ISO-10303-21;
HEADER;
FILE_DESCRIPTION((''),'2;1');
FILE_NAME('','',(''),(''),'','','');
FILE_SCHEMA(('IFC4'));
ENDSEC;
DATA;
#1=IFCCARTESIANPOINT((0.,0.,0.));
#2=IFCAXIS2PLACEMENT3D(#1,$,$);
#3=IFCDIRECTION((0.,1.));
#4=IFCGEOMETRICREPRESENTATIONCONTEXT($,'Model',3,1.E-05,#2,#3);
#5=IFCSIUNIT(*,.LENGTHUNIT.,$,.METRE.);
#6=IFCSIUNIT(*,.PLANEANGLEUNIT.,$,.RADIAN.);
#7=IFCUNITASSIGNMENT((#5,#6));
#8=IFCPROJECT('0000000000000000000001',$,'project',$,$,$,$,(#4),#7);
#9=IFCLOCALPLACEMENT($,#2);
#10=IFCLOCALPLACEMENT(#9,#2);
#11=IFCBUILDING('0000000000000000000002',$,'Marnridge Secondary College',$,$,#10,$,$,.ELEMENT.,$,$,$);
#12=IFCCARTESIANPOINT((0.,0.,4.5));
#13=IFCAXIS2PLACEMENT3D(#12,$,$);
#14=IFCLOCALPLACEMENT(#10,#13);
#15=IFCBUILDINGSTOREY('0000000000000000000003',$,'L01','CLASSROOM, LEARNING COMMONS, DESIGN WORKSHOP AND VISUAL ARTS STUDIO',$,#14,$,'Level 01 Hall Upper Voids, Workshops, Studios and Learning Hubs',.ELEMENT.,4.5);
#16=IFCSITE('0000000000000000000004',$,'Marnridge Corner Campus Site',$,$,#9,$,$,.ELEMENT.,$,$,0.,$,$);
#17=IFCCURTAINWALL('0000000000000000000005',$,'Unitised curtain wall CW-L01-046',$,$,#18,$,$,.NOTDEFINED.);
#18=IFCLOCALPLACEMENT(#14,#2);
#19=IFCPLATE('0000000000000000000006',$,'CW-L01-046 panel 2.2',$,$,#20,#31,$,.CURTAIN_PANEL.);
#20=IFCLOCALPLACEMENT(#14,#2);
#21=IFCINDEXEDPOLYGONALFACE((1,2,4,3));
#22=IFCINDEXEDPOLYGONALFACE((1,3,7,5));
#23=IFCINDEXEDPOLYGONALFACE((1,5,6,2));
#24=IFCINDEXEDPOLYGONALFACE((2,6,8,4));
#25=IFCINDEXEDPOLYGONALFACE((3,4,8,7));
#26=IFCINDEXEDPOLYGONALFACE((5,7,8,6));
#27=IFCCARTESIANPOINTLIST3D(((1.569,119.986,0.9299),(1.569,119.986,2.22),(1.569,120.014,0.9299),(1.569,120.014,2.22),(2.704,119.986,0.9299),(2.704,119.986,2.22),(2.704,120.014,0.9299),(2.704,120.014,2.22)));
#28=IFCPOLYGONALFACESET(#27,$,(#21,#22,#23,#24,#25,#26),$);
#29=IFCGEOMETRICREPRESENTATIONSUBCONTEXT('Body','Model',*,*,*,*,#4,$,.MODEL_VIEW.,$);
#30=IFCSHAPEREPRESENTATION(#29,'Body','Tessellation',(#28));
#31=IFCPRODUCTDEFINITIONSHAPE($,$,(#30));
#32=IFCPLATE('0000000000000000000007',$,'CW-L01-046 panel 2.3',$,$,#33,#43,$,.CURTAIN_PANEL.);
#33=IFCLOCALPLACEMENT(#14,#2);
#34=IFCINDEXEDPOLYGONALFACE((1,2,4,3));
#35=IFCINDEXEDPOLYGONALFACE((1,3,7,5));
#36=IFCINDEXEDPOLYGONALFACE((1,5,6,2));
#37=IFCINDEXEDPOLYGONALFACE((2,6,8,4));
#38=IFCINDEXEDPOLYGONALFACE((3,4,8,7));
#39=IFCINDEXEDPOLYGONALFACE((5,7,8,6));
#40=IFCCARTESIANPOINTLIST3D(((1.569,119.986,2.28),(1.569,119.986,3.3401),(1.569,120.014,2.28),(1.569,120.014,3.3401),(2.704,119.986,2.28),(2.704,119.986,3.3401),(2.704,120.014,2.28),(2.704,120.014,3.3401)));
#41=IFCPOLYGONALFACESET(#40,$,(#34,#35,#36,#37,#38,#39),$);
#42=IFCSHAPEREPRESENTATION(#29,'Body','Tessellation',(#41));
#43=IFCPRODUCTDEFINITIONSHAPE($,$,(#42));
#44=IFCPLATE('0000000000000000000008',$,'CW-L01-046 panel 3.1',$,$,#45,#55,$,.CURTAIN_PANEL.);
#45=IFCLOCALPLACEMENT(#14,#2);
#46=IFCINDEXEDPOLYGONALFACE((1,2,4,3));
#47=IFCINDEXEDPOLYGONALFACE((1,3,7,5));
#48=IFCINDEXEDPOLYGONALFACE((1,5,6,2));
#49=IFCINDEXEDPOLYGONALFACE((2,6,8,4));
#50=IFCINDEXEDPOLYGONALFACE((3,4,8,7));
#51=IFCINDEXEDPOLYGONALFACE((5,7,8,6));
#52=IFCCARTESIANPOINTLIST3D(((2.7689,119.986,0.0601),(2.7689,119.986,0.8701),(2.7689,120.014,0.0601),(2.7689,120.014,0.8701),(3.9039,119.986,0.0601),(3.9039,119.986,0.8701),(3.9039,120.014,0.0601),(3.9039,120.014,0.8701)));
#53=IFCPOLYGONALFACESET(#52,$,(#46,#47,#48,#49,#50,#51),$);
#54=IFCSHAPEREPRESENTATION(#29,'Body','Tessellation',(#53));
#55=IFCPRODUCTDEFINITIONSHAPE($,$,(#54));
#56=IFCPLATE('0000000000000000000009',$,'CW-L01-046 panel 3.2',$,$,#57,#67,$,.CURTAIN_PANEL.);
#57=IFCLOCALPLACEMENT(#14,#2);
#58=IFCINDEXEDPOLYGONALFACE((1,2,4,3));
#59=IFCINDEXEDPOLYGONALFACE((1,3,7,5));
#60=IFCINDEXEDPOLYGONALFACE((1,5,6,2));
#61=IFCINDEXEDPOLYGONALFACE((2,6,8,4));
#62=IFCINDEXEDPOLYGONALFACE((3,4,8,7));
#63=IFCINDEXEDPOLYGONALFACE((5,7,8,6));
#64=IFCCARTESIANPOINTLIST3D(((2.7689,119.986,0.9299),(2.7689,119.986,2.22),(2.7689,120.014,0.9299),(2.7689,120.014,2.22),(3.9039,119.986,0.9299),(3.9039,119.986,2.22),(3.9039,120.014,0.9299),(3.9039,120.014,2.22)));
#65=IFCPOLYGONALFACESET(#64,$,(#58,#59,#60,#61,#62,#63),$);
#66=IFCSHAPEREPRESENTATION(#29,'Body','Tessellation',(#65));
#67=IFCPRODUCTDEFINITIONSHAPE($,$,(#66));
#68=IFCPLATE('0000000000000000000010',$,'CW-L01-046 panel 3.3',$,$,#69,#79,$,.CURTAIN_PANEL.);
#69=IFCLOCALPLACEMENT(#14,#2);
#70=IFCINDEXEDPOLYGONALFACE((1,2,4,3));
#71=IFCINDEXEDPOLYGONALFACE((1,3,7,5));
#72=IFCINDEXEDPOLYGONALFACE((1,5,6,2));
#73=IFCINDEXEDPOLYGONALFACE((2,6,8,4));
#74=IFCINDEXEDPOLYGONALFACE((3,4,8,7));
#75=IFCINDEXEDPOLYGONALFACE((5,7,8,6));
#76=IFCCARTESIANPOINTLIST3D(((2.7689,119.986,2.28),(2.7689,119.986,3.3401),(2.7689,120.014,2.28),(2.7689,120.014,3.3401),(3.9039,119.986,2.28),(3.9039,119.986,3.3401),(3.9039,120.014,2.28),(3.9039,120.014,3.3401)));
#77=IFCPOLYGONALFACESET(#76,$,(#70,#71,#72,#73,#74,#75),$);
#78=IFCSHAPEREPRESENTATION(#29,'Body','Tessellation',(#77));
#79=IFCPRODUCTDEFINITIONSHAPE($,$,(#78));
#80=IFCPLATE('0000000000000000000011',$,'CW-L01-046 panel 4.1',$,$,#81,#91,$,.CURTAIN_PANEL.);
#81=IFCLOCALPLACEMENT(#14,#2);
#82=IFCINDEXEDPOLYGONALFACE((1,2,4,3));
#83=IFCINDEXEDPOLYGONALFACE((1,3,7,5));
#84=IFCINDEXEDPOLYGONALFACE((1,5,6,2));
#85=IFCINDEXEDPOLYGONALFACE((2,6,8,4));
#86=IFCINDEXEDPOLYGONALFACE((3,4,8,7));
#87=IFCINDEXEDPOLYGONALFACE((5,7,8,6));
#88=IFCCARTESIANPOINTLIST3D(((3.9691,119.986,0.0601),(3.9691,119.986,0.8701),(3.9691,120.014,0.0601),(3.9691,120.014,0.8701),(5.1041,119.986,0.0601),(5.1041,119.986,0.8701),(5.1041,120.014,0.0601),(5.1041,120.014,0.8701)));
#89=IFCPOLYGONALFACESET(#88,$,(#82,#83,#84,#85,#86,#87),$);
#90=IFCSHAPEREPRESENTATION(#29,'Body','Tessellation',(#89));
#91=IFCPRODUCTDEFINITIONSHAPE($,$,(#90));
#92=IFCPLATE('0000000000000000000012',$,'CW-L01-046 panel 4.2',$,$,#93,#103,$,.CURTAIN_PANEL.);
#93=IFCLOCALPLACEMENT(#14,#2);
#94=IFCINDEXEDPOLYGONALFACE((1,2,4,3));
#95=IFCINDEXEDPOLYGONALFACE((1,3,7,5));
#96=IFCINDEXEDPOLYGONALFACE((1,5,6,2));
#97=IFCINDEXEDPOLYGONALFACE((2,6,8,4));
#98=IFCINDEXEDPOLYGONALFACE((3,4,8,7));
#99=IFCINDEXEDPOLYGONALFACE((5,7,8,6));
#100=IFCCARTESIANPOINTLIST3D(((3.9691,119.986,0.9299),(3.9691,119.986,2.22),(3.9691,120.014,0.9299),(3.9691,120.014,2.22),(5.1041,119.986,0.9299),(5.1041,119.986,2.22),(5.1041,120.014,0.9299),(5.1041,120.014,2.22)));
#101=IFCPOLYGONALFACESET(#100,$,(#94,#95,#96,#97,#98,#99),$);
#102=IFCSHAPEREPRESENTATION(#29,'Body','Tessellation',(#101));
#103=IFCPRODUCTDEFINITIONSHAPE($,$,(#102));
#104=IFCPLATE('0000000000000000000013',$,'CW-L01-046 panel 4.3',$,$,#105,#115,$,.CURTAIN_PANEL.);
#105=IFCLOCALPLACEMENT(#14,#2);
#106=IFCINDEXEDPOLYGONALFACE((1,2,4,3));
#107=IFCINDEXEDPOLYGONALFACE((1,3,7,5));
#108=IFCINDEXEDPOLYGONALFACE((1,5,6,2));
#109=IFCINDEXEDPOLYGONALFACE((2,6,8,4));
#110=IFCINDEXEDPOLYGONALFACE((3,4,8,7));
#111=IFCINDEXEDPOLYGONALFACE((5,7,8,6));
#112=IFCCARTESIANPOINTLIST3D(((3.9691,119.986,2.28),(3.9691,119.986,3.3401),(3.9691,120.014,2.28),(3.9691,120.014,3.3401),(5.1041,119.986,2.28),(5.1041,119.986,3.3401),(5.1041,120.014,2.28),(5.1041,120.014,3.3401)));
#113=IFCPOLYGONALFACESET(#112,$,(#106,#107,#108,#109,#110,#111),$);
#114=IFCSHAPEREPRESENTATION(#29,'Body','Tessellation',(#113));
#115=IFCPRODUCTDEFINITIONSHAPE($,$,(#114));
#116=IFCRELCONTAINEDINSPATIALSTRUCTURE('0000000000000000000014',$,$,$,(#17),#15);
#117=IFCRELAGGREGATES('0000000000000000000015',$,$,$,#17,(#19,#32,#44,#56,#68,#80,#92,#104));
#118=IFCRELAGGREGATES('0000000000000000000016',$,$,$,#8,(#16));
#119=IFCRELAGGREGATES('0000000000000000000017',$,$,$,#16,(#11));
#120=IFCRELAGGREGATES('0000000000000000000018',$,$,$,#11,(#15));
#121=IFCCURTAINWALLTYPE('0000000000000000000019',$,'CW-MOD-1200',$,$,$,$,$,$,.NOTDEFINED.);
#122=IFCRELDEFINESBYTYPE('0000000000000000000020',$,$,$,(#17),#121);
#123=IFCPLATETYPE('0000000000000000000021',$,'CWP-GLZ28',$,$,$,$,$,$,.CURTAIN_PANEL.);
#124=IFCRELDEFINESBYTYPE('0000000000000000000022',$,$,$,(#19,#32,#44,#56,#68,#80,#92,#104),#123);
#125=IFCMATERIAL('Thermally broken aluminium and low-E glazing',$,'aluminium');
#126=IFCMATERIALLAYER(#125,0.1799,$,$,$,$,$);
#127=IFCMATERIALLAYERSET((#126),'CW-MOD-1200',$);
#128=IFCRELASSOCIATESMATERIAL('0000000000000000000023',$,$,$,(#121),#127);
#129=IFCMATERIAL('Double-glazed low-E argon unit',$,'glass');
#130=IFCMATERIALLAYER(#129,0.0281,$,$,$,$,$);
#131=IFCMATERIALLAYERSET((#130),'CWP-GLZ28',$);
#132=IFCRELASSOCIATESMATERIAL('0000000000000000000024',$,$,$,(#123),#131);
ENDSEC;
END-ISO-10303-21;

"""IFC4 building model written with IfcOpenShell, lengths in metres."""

from ifc_helpers import new_model, si_unit, direction, frame, origin, origin_2d, place, context, subcontext, project, spatial, rectangle, extrude, material, layer, layer_set, type_object, element, aggregate, save


model = new_model("IFC4")

# Units and contexts
model_context = context("Model", 3, precision=1e-05, world=origin(), true_north=direction((0.0, 1.0)))
body_context = subcontext(model_context, "Body", "Model", "MODEL_VIEW")
ifc_project = project(units=[si_unit("LENGTHUNIT", "METRE"), si_unit("PLANEANGLEUNIT", "RADIAN")], contexts=[model_context])

# Site, building, storey
site_placement = place(None, origin())
site = spatial("IfcSite", under=ifc_project, at=site_placement, Name="Marnridge Corner Campus Site", CompositionType="ELEMENT", RefElevation=0.0)
building_placement = place(site_placement, origin())
building = spatial("IfcBuilding", under=site, at=building_placement, Name="Marnridge Secondary College", CompositionType="ELEMENT")
storey_placement = place(building_placement, frame((0.0, 0.0, 4.5)))
storey = spatial("IfcBuildingStorey", under=building, at=storey_placement, Name="L01", Description="CLASSROOM, LEARNING COMMONS, DESIGN WORKSHOP AND VISUAL ARTS STUDIO", LongName="Level 01 Hall Upper Voids, Workshops, Studios and Learning Hubs", CompositionType="ELEMENT", Elevation=4.5)

# Curtain wall, plates
ifc_material_1 = material(Name="Thermally broken aluminium and low-E glazing", Category="aluminium")
ifc_layer_1 = layer(ifc_material_1, 0.1799)
ifc_layer_set_1 = layer_set([ifc_layer_1], Name="CW-MOD-1200")
curtain_wall_type = type_object("IfcCurtainWallType", Name="CW-MOD-1200", PredefinedType="NOTDEFINED", material=ifc_layer_set_1)
curtain_wall_placement = place(storey_placement, origin())
curtain_wall = element("IfcCurtainWall", 1, at=curtain_wall_placement, inside=storey, type_object=curtain_wall_type, Name="Unitised curtain wall CW-L01-046", PredefinedType="NOTDEFINED")
ifc_material_2 = material(Name="Double-glazed low-E argon unit", Category="glass")
ifc_layer_2 = layer(ifc_material_2, 0.0281)
ifc_layer_set_2 = layer_set([ifc_layer_2], Name="CWP-GLZ28")
plate_type = type_object("IfcPlateType", Name="CWP-GLZ28", PredefinedType="CURTAIN_PANEL", material=ifc_layer_set_2)
plate_1_placement = place(storey_placement, frame((2.1365, 120.0, 0.9299), z_axis=(0.0, 0.0, 1.0), x_axis=(1.0, 0.0, 0.0)))
plate_1 = element("IfcPlate", 2, at=plate_1_placement, type_object=plate_type, Name="CW-L01-046 panel 2.2", PredefinedType="CURTAIN_PANEL", context=body_context, shape_type="SweptSolid", body=[
    extrude(rectangle(XDim=1.135, YDim=0.0281, at=origin_2d()), origin(), (0.0, 0.0, 1.0), 1.29),
])
plate_2_placement = place(storey_placement, frame((2.1365, 120.0, 2.28), z_axis=(0.0, 0.0, 1.0), x_axis=(1.0, 0.0, 0.0)))
plate_2 = element("IfcPlate", 3, at=plate_2_placement, type_object=plate_type, Name="CW-L01-046 panel 2.3", PredefinedType="CURTAIN_PANEL", context=body_context, shape_type="SweptSolid", body=[
    extrude(rectangle(XDim=1.135, YDim=0.0281, at=origin_2d()), origin(), (0.0, 0.0, 1.0), 1.0601),
])
plate_3_placement = place(storey_placement, frame((3.3364, 120.0, 0.0601), z_axis=(0.0, 0.0, 1.0), x_axis=(1.0, 0.0, 0.0)))
plate_3 = element("IfcPlate", 4, at=plate_3_placement, type_object=plate_type, Name="CW-L01-046 panel 3.1", PredefinedType="CURTAIN_PANEL", context=body_context, shape_type="SweptSolid", body=[
    extrude(rectangle(XDim=1.135, YDim=0.0281, at=origin_2d()), origin(), (0.0, 0.0, 1.0), 0.8101),
])
plate_4_placement = place(storey_placement, frame((3.3364, 120.0, 0.9299), z_axis=(0.0, 0.0, 1.0), x_axis=(1.0, 0.0, 0.0)))
plate_4 = element("IfcPlate", 5, at=plate_4_placement, type_object=plate_type, Name="CW-L01-046 panel 3.2", PredefinedType="CURTAIN_PANEL", context=body_context, shape_type="SweptSolid", body=[
    extrude(rectangle(XDim=1.135, YDim=0.0281, at=origin_2d()), origin(), (0.0, 0.0, 1.0), 1.29),
])
plate_5_placement = place(storey_placement, frame((3.3364, 120.0, 2.28), z_axis=(0.0, 0.0, 1.0), x_axis=(1.0, 0.0, 0.0)))
plate_5 = element("IfcPlate", 6, at=plate_5_placement, type_object=plate_type, Name="CW-L01-046 panel 3.3", PredefinedType="CURTAIN_PANEL", context=body_context, shape_type="SweptSolid", body=[
    extrude(rectangle(XDim=1.135, YDim=0.0281, at=origin_2d()), origin(), (0.0, 0.0, 1.0), 1.0601),
])
plate_6_placement = place(storey_placement, frame((4.5366, 120.0, 0.0601), z_axis=(0.0, 0.0, 1.0), x_axis=(1.0, 0.0, 0.0)))
plate_6 = element("IfcPlate", 7, at=plate_6_placement, type_object=plate_type, Name="CW-L01-046 panel 4.1", PredefinedType="CURTAIN_PANEL", context=body_context, shape_type="SweptSolid", body=[
    extrude(rectangle(XDim=1.135, YDim=0.0281, at=origin_2d()), origin(), (0.0, 0.0, 1.0), 0.8101),
])
plate_7_placement = place(storey_placement, frame((4.5366, 120.0, 0.9299), z_axis=(0.0, 0.0, 1.0), x_axis=(1.0, 0.0, 0.0)))
plate_7 = element("IfcPlate", 8, at=plate_7_placement, type_object=plate_type, Name="CW-L01-046 panel 4.2", PredefinedType="CURTAIN_PANEL", context=body_context, shape_type="SweptSolid", body=[
    extrude(rectangle(XDim=1.135, YDim=0.0281, at=origin_2d()), origin(), (0.0, 0.0, 1.0), 1.29),
])
plate_8_placement = place(storey_placement, frame((4.5366, 120.0, 2.28), z_axis=(0.0, 0.0, 1.0), x_axis=(1.0, 0.0, 0.0)))
plate_8 = element("IfcPlate", 9, at=plate_8_placement, type_object=plate_type, Name="CW-L01-046 panel 4.3", PredefinedType="CURTAIN_PANEL", context=body_context, shape_type="SweptSolid", body=[
    extrude(rectangle(XDim=1.135, YDim=0.0281, at=origin_2d()), origin(), (0.0, 0.0, 1.0), 1.0601),
])
aggregate(curtain_wall, [plate_1, plate_2, plate_3, plate_4, plate_5, plate_6, plate_7, plate_8])

save(model, "model.ifc")
